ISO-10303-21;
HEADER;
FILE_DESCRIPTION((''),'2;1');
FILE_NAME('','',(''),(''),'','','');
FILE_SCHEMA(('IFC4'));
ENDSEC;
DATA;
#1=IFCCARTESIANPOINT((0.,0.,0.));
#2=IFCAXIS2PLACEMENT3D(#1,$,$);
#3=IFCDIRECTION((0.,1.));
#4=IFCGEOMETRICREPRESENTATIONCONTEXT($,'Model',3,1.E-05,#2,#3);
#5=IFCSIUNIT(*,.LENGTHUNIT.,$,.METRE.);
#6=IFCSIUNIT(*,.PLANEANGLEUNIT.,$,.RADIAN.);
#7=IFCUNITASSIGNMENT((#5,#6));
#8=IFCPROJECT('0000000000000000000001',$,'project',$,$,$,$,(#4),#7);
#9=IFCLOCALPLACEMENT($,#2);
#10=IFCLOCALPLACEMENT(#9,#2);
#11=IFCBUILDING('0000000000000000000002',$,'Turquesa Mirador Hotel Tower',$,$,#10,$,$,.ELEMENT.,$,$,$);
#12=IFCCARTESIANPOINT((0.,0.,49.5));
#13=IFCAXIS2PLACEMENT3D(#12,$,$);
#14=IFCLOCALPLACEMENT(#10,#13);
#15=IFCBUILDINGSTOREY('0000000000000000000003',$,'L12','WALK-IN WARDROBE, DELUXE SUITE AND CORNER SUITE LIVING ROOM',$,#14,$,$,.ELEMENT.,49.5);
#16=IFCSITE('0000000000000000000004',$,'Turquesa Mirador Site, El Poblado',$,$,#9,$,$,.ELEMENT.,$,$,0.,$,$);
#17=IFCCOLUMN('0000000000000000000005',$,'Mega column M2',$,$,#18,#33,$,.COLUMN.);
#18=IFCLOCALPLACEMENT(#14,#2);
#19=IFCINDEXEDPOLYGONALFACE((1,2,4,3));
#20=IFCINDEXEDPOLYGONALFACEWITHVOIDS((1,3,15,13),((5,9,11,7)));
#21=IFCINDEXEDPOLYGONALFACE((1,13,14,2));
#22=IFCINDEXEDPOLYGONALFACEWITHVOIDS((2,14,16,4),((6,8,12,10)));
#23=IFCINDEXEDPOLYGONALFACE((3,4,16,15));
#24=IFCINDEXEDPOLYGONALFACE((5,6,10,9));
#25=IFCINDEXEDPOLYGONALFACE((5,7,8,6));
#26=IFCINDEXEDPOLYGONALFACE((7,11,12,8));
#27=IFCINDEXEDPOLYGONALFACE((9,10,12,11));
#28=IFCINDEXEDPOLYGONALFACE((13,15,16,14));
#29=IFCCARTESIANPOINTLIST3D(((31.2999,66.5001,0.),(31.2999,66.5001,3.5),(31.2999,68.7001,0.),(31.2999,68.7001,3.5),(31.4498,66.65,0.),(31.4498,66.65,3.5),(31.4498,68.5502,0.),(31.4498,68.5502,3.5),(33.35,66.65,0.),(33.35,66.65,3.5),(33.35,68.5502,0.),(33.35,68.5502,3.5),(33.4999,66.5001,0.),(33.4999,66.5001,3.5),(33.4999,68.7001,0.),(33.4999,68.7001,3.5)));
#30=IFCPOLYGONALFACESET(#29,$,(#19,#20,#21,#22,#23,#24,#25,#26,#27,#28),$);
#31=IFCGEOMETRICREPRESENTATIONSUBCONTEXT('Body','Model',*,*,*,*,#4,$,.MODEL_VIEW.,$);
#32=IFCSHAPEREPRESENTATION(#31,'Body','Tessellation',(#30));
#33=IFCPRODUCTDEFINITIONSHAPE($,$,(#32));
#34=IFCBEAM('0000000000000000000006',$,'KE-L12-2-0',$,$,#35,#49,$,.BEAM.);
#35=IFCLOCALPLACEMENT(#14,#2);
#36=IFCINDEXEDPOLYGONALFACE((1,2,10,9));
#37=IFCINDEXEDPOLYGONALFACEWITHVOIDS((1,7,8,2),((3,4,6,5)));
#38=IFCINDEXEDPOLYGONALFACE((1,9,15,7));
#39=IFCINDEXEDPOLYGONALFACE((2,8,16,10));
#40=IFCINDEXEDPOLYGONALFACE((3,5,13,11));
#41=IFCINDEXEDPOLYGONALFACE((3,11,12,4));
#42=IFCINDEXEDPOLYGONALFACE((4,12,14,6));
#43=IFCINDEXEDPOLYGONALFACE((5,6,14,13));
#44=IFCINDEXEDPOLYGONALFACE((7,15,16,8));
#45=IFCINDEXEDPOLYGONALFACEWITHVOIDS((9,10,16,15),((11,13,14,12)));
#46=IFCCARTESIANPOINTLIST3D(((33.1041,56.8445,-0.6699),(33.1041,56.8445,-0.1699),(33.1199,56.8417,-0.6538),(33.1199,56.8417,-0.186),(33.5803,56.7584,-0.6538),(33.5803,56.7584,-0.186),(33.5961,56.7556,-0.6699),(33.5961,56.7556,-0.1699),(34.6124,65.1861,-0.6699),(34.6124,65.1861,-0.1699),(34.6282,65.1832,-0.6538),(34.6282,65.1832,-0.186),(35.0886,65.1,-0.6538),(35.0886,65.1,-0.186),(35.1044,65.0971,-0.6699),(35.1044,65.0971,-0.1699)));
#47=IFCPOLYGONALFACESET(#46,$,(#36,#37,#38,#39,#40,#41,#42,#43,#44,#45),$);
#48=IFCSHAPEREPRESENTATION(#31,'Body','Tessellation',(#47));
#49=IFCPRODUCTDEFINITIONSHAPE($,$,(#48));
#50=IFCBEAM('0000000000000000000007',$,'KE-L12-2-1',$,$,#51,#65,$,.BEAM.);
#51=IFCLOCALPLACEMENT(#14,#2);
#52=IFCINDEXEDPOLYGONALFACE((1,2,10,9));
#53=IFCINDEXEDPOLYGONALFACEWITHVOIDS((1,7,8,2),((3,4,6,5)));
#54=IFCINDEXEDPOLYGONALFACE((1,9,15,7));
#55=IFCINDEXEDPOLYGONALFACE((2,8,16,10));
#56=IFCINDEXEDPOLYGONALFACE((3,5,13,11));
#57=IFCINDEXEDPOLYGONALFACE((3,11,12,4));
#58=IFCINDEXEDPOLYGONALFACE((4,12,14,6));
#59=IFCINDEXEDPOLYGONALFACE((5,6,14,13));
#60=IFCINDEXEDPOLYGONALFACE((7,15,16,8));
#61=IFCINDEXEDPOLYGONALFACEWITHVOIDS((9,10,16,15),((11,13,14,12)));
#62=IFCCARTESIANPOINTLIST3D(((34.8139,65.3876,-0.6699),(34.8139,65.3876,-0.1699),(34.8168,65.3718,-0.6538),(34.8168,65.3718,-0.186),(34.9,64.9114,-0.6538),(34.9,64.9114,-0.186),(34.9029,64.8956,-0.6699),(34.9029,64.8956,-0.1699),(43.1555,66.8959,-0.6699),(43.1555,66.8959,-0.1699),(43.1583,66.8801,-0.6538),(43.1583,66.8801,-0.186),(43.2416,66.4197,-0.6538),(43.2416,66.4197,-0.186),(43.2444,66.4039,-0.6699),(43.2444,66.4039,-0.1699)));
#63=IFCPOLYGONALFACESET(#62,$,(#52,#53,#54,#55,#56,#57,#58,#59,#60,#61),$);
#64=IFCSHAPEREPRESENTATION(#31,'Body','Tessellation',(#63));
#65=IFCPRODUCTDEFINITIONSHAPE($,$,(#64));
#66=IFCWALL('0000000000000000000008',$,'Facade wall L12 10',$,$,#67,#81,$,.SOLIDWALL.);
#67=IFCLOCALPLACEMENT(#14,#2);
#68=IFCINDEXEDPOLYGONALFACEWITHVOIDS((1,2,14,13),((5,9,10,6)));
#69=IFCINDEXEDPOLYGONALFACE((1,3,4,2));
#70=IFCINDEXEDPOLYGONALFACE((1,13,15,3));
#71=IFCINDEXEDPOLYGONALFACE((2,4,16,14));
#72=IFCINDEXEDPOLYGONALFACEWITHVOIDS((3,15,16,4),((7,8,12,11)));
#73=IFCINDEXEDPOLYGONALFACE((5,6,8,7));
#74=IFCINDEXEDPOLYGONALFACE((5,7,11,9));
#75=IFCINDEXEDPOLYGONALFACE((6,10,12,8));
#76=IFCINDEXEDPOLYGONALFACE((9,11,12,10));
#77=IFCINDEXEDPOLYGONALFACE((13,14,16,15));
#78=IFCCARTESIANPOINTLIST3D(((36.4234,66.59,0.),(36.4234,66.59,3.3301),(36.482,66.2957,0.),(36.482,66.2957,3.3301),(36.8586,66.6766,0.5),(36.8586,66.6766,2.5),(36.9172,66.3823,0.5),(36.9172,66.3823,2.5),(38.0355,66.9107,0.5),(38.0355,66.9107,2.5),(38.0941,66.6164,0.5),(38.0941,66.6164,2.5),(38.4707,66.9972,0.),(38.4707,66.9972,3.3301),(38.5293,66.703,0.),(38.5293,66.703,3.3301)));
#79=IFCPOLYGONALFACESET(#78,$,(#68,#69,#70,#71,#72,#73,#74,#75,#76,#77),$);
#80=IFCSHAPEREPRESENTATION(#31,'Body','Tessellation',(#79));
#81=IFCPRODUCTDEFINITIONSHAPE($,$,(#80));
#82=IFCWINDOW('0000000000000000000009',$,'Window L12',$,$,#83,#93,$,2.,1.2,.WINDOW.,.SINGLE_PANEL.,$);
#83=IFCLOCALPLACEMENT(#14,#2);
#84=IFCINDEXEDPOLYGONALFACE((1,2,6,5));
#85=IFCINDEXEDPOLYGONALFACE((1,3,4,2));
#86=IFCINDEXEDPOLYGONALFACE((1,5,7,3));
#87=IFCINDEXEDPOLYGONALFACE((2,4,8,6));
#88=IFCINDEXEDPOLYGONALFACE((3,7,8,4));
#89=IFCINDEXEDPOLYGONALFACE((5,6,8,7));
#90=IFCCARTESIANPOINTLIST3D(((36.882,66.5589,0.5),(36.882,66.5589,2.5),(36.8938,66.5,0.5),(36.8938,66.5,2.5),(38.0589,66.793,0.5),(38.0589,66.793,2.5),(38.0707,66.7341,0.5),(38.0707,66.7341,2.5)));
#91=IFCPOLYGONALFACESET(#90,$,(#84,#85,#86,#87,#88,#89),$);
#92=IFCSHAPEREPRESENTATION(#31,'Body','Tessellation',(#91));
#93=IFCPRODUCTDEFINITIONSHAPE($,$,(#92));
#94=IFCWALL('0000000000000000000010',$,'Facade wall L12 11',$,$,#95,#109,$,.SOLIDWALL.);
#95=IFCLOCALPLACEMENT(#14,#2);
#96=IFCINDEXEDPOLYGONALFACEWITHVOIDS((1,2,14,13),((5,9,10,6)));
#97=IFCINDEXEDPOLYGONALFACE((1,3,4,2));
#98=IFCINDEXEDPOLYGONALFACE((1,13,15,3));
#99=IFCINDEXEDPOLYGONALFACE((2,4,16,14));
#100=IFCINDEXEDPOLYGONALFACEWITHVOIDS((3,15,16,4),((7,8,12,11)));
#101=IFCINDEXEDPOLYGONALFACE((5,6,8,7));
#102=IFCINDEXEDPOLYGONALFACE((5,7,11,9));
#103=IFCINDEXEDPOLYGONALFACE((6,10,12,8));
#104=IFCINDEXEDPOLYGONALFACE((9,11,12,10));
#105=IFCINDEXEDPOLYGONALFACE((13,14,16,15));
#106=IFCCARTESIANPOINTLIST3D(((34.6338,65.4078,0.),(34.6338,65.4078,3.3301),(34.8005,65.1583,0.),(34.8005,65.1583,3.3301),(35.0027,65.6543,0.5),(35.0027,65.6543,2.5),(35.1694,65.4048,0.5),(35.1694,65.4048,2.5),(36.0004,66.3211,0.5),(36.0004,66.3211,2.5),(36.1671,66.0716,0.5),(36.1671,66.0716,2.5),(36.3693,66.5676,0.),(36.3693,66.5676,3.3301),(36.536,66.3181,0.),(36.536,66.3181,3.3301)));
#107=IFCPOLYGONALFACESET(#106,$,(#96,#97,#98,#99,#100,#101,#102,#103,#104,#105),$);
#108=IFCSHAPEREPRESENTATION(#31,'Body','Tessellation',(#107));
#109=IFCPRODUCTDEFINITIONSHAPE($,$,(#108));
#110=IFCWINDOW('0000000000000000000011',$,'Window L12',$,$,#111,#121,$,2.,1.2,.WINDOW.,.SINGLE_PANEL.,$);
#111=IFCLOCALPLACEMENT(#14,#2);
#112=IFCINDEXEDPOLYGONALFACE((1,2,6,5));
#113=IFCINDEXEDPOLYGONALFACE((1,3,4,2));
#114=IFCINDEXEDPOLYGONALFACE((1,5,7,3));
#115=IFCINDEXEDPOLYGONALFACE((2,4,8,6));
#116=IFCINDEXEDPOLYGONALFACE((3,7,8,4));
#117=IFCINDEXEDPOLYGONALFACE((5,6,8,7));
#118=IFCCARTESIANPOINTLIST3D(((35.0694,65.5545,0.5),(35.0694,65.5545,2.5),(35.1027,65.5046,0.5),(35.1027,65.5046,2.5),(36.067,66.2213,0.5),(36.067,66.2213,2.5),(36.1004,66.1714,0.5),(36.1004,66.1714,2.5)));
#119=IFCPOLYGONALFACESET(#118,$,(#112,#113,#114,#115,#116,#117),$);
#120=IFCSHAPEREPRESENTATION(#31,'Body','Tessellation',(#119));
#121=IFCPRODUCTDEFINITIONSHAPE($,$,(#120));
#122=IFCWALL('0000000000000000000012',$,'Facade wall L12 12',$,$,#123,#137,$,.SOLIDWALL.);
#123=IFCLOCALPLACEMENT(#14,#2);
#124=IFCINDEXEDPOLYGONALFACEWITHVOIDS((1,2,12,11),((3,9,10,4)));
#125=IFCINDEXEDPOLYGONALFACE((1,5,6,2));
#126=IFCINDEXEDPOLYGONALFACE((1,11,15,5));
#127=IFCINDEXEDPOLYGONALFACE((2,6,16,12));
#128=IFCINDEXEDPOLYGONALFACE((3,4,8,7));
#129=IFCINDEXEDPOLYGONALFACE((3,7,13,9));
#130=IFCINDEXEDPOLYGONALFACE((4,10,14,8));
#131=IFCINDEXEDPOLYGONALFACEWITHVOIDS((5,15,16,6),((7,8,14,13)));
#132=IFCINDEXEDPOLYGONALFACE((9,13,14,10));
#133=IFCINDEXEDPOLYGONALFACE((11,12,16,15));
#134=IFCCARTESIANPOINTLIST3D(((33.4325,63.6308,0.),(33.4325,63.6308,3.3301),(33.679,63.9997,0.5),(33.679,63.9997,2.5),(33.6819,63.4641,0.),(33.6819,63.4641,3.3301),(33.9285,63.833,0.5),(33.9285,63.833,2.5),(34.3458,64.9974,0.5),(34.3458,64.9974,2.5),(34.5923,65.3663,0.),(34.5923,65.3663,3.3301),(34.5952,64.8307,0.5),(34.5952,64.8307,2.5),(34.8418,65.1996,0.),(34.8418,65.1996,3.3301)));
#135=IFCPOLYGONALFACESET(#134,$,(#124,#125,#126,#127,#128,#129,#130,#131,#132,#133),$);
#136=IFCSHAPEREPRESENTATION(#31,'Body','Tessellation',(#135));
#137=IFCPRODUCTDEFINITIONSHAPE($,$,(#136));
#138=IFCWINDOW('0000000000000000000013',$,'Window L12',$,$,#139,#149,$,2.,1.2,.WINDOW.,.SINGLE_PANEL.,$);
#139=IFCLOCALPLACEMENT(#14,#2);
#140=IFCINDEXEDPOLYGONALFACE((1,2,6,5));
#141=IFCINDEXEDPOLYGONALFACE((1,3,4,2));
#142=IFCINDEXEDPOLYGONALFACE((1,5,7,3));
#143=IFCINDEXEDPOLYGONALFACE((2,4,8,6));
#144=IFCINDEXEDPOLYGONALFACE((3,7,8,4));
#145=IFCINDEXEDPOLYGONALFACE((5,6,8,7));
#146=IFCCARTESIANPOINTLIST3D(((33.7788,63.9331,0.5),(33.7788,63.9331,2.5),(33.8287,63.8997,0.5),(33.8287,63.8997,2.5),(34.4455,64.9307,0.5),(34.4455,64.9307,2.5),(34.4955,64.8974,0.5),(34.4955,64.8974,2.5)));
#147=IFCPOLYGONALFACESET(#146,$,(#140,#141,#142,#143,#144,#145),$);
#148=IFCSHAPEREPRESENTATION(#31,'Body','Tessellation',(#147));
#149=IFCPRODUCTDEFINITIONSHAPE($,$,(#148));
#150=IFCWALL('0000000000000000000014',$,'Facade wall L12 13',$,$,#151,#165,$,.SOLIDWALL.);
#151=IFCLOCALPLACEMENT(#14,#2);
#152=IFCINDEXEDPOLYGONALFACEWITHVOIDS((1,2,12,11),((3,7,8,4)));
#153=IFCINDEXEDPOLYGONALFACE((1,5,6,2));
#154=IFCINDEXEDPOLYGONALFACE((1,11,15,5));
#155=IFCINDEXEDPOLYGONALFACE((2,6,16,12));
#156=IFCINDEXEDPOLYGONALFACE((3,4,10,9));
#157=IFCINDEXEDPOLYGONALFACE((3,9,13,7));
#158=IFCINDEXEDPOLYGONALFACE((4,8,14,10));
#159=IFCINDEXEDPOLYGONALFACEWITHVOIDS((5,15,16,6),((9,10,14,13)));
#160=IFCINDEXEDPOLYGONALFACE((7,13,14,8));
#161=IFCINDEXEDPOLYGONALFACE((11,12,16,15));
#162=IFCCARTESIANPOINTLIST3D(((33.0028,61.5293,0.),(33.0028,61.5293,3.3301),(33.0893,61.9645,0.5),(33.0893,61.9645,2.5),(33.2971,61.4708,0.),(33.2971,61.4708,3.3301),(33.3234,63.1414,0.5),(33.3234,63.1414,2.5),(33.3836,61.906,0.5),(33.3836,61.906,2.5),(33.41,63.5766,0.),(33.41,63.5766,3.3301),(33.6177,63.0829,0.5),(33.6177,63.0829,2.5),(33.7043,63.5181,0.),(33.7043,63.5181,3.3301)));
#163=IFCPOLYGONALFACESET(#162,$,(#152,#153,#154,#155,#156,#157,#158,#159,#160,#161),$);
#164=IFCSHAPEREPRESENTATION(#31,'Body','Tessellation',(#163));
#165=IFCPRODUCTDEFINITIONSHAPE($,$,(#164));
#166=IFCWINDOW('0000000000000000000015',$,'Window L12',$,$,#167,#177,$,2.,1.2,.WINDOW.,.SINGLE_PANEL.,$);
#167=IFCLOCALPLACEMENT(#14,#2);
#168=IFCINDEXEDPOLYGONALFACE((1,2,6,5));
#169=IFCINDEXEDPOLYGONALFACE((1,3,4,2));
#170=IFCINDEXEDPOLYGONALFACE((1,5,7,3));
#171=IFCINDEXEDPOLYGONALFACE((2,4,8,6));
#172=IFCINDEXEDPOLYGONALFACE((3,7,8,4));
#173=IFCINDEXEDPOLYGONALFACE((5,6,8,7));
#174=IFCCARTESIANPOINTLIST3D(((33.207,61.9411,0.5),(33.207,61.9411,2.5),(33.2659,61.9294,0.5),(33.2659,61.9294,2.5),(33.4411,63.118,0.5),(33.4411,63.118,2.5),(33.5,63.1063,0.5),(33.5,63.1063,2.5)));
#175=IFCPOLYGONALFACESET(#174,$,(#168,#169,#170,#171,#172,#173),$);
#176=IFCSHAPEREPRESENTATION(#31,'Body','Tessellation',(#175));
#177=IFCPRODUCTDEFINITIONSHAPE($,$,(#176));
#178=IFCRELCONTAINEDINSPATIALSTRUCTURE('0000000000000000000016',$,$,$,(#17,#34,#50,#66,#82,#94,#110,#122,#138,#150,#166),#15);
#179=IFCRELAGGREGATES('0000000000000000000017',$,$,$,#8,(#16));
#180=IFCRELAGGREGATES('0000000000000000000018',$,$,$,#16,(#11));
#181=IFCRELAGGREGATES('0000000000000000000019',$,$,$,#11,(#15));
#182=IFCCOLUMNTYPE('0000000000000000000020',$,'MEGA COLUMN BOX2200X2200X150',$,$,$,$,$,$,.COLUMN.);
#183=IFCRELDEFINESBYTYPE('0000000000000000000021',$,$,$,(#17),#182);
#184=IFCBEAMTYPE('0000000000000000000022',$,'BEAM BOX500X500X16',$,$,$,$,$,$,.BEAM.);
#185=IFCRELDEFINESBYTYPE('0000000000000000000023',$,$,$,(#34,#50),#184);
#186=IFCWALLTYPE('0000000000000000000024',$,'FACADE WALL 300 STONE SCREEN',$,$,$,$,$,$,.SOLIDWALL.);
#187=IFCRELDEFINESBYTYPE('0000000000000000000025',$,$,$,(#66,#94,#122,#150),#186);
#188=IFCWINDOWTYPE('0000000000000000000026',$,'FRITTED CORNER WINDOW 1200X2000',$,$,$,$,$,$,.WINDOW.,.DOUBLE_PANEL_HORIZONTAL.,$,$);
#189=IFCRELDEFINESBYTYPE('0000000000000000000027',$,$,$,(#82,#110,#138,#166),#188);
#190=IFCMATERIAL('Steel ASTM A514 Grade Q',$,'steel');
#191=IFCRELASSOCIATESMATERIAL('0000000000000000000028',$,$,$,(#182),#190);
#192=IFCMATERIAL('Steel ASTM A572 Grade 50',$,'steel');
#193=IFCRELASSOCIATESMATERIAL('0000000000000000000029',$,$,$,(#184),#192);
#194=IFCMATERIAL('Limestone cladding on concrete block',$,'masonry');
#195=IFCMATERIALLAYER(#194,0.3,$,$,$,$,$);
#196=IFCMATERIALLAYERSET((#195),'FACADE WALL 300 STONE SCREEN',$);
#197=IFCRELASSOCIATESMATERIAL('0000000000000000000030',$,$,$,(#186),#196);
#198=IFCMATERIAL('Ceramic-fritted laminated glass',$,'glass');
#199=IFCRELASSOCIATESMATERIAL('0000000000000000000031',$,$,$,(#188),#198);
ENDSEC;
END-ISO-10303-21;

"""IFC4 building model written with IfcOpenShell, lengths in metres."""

from ifc_helpers import new_model, si_unit, direction, frame, frame_2d, origin, origin_2d, place, context, subcontext, project, spatial, rectangle, hollow_rectangle, extrude, material, layer, layer_set, material_profile, profile_set, type_object, element, fill, save


model = new_model("IFC4")

# Units and contexts
model_context = context("Model", 3, precision=1e-05, world=origin(), true_north=direction((0.0, 1.0)))
body_context = subcontext(model_context, "Body", "Model", "MODEL_VIEW")
ifc_project = project(units=[si_unit("LENGTHUNIT", "METRE"), si_unit("PLANEANGLEUNIT", "RADIAN")], contexts=[model_context])

# Site, building, storey
site_placement = place(None, origin())
site = spatial("IfcSite", under=ifc_project, at=site_placement, Name="Turquesa Mirador Site, El Poblado", CompositionType="ELEMENT", RefElevation=0.0)
building_placement = place(site_placement, origin())
building = spatial("IfcBuilding", under=site, at=building_placement, Name="Turquesa Mirador Hotel Tower", CompositionType="ELEMENT")
storey_placement = place(building_placement, frame((0.0, 0.0, 49.5)))
storey = spatial("IfcBuildingStorey", under=building, at=storey_placement, Name="L12", Description="WALK-IN WARDROBE, DELUXE SUITE AND CORNER SUITE LIVING ROOM", CompositionType="ELEMENT", Elevation=49.5)

# Column
ifc_material_1 = material(Name="Steel ASTM A514 Grade Q", Category="steel")
ifc_material_profile_1 = material_profile(ifc_material_1, hollow_rectangle(XDim=2.2, YDim=2.2, WallThickness=0.1499, at=origin_2d()), Name="BOX2200X2200X150")
ifc_profile_set_1 = profile_set([ifc_material_profile_1], Name="Steel ASTM A514 Grade Q")
column_type = type_object("IfcColumnType", Name="MEGA COLUMN BOX2200X2200X150", PredefinedType="COLUMN", material=ifc_profile_set_1)
column_placement = place(storey_placement, frame((32.3999, 67.6001, 0.0), z_axis=(0.0, 0.0, 1.0), x_axis=(1.0, 0.0, 0.0)))
element("IfcColumn", 1, at=column_placement, inside=storey, type_object=column_type, Name="Mega column M2", PredefinedType="COLUMN", context=body_context, shape_type="SweptSolid", body=[
    extrude(hollow_rectangle(XDim=2.2, YDim=2.2, WallThickness=0.1499, at=origin_2d()), origin(), (0.0, 0.0, 1.0), 3.5),
])

# Beams
ifc_material_2 = material(Name="Steel ASTM A572 Grade 50", Category="steel")
ifc_material_profile_2 = material_profile(ifc_material_2, hollow_rectangle(XDim=0.5, YDim=0.5, WallThickness=0.0161, at=origin_2d()), Name="BOX500X500X16")
ifc_profile_set_2 = profile_set([ifc_material_profile_2], Name="Steel ASTM A572 Grade 50")
beam_type = type_object("IfcBeamType", Name="BEAM BOX500X500X16", PredefinedType="BEAM", material=ifc_profile_set_2)
for number, where, z_axis, x_axis, name in (
    (2, (33.3501, 56.8, -0.4199), (0.177932, 0.984043, 0.0), (-0.984043, 0.177932, 0.0), "KE-L12-2-0"),
    (3, (34.8584, 65.1416, -0.4199), (0.984043, 0.177932, 0.0), (-0.177932, 0.984043, 0.0), "KE-L12-2-1"),
):
    element("IfcBeam", number, at=place(storey_placement, frame(where, z_axis=z_axis, x_axis=x_axis)), inside=storey, type_object=beam_type, Name=name, PredefinedType="BEAM", context=body_context, shape_type="SweptSolid", body=[
        extrude(hollow_rectangle(XDim=0.5, YDim=0.5, WallThickness=0.0161, at=origin_2d()), origin(), (0.0, 0.0, 1.0), 8.4768),
    ])

# Walls, openings, windows
ifc_material_3 = material(Name="Limestone cladding on concrete block", Category="masonry")
ifc_layer_1 = layer(ifc_material_3, 0.3)
ifc_layer_set_1 = layer_set([ifc_layer_1], Name="FACADE WALL 300 STONE SCREEN")
wall_type_1 = type_object("IfcWallType", Name="FACADE WALL 300 STONE SCREEN", PredefinedType="SOLIDWALL", material=ifc_layer_set_1)
wall_1_placement = place(storey_placement, frame((38.5, 66.8501, 0.0), z_axis=(0.0, 0.0, 1.0), x_axis=(-0.980787, -0.195081, 0.0)))
wall_1 = element("IfcWall", 4, at=wall_1_placement, inside=storey, type_object=wall_type_1, Name="Facade wall L12 10", PredefinedType="SOLIDWALL", context=body_context, shape_type="SweptSolid", body=[
    extrude(rectangle(XDim=2.0874, YDim=0.3, at=frame_2d((1.0437, 0.0))), origin(), (0.0, 0.0, 1.0), 3.3301),
])
opening_1_placement = place(wall_1_placement, frame((0.4436, 0.0, 0.5)))
opening_1 = element("IfcOpeningElement", 5, at=opening_1_placement, cuts=wall_1, PredefinedType="OPENING", context=body_context, shape_type="SweptSolid", body=[
    extrude(rectangle(XDim=1.2, YDim=2.0, at=frame_2d((0.6001, 1.0))), frame((0.0, 0.1599, 0.0), z_axis=(0.0, -1.0, 0.0), x_axis=(1.0, 0.0, 0.0)), (0.0, 0.0, 1.0), 0.3201),
])
ifc_material_4 = material(Name="Ceramic-fritted laminated glass", Category="glass")
window_type_1 = type_object("IfcWindowType", Name="FRITTED CORNER WINDOW 1200X2000", PartitioningType="DOUBLE_PANEL_HORIZONTAL", PredefinedType="WINDOW", material=ifc_material_4)
window_1_placement = place(opening_1_placement, origin())
window_1 = element("IfcWindow", 6, at=window_1_placement, inside=storey, type_object=window_type_1, Name="Window L12", OverallHeight=2.0, OverallWidth=1.2, PartitioningType="SINGLE_PANEL", PredefinedType="WINDOW", context=body_context, shape_type="SweptSolid", body=[
    extrude(rectangle(XDim=1.2, YDim=2.0, at=frame_2d((0.6001, 1.0))), frame((0.0, 0.03, 0.0), z_axis=(0.0, -1.0, 0.0), x_axis=(1.0, 0.0, 0.0)), (0.0, 0.0, 1.0), 0.0601),
])
fill(opening_1, window_1)
wall_2_placement = place(storey_placement, frame((36.4526, 66.4429, 0.0), z_axis=(0.0, 0.0, 1.0), x_axis=(-0.83142, -0.555644, 0.0)))
wall_2 = element("IfcWall", 7, at=wall_2_placement, inside=storey, type_object=wall_type_1, Name="Facade wall L12 11", PredefinedType="SOLIDWALL", context=body_context, shape_type="SweptSolid", body=[
    extrude(rectangle(XDim=2.0874, YDim=0.3, at=frame_2d((1.0437, 0.0))), origin(), (0.0, 0.0, 1.0), 3.3301),
])
opening_2_placement = place(wall_2_placement, frame((0.4436, 0.0, 0.5)))
opening_2 = element("IfcOpeningElement", 8, at=opening_2_placement, cuts=wall_2, PredefinedType="OPENING", context=body_context, shape_type="SweptSolid", body=[
    extrude(rectangle(XDim=1.2, YDim=2.0, at=frame_2d((0.6001, 1.0))), frame((0.0, 0.1599, 0.0), z_axis=(0.0, -1.0, 0.0), x_axis=(1.0, 0.0, 0.0)), (0.0, 0.0, 1.0), 0.3201),
])
window_2_placement = place(opening_2_placement, origin())
window_2 = element("IfcWindow", 9, at=window_2_placement, inside=storey, type_object=window_type_1, Name="Window L12", OverallHeight=2.0, OverallWidth=1.2, PartitioningType="SINGLE_PANEL", PredefinedType="WINDOW", context=body_context, shape_type="SweptSolid", body=[
    extrude(rectangle(XDim=1.2, YDim=2.0, at=frame_2d((0.6001, 1.0))), frame((0.0, 0.03, 0.0), z_axis=(0.0, -1.0, 0.0), x_axis=(1.0, 0.0, 0.0)), (0.0, 0.0, 1.0), 0.0601),
])
fill(opening_2, window_2)
wall_3_placement = place(storey_placement, frame((34.717, 65.283, 0.0), z_axis=(0.0, 0.0, 1.0), x_axis=(-0.555644, -0.83142, 0.0)))
wall_3 = element("IfcWall", 10, at=wall_3_placement, inside=storey, type_object=wall_type_1, Name="Facade wall L12 12", PredefinedType="SOLIDWALL", context=body_context, shape_type="SweptSolid", body=[
    extrude(rectangle(XDim=2.0874, YDim=0.3, at=frame_2d((1.0437, 0.0))), origin(), (0.0, 0.0, 1.0), 3.3301),
])
opening_3_placement = place(wall_3_placement, frame((0.4436, 0.0, 0.5)))
opening_3 = element("IfcOpeningElement", 11, at=opening_3_placement, cuts=wall_3, PredefinedType="OPENING", context=body_context, shape_type="SweptSolid", body=[
    extrude(rectangle(XDim=1.2, YDim=2.0, at=frame_2d((0.6001, 1.0))), frame((0.0, 0.1599, 0.0), z_axis=(0.0, -1.0, 0.0), x_axis=(1.0, 0.0, 0.0)), (0.0, 0.0, 1.0), 0.3201),
])
window_3_placement = place(opening_3_placement, origin())
window_3 = element("IfcWindow", 12, at=window_3_placement, inside=storey, type_object=window_type_1, Name="Window L12", OverallHeight=2.0, OverallWidth=1.2, PartitioningType="SINGLE_PANEL", PredefinedType="WINDOW", context=body_context, shape_type="SweptSolid", body=[
    extrude(rectangle(XDim=1.2, YDim=2.0, at=frame_2d((0.6001, 1.0))), frame((0.0, 0.03, 0.0), z_axis=(0.0, -1.0, 0.0), x_axis=(1.0, 0.0, 0.0)), (0.0, 0.0, 1.0), 0.0601),
])
fill(opening_3, window_3)
wall_4_placement = place(storey_placement, frame((33.5571, 63.5474, 0.0), z_axis=(0.0, 0.0, 1.0), x_axis=(-0.195081, -0.980787, 0.0)))
wall_4 = element("IfcWall", 13, at=wall_4_placement, inside=storey, type_object=wall_type_1, Name="Facade wall L12 13", PredefinedType="SOLIDWALL", context=body_context, shape_type="SweptSolid", body=[
    extrude(rectangle(XDim=2.0874, YDim=0.3, at=frame_2d((1.0437, 0.0))), origin(), (0.0, 0.0, 1.0), 3.3301),
])
opening_4_placement = place(wall_4_placement, frame((0.4436, 0.0, 0.5)))
opening_4 = element("IfcOpeningElement", 14, at=opening_4_placement, cuts=wall_4, PredefinedType="OPENING", context=body_context, shape_type="SweptSolid", body=[
    extrude(rectangle(XDim=1.2, YDim=2.0, at=frame_2d((0.6001, 1.0))), frame((0.0, 0.1599, 0.0), z_axis=(0.0, -1.0, 0.0), x_axis=(1.0, 0.0, 0.0)), (0.0, 0.0, 1.0), 0.3201),
])
window_4_placement = place(opening_4_placement, origin())
window_4 = element("IfcWindow", 15, at=window_4_placement, inside=storey, type_object=window_type_1, Name="Window L12", OverallHeight=2.0, OverallWidth=1.2, PartitioningType="SINGLE_PANEL", PredefinedType="WINDOW", context=body_context, shape_type="SweptSolid", body=[
    extrude(rectangle(XDim=1.2, YDim=2.0, at=frame_2d((0.6001, 1.0))), frame((0.0, 0.03, 0.0), z_axis=(0.0, -1.0, 0.0), x_axis=(1.0, 0.0, 0.0)), (0.0, 0.0, 1.0), 0.0601),
])
fill(opening_4, window_4)

save(model, "model.ifc")
